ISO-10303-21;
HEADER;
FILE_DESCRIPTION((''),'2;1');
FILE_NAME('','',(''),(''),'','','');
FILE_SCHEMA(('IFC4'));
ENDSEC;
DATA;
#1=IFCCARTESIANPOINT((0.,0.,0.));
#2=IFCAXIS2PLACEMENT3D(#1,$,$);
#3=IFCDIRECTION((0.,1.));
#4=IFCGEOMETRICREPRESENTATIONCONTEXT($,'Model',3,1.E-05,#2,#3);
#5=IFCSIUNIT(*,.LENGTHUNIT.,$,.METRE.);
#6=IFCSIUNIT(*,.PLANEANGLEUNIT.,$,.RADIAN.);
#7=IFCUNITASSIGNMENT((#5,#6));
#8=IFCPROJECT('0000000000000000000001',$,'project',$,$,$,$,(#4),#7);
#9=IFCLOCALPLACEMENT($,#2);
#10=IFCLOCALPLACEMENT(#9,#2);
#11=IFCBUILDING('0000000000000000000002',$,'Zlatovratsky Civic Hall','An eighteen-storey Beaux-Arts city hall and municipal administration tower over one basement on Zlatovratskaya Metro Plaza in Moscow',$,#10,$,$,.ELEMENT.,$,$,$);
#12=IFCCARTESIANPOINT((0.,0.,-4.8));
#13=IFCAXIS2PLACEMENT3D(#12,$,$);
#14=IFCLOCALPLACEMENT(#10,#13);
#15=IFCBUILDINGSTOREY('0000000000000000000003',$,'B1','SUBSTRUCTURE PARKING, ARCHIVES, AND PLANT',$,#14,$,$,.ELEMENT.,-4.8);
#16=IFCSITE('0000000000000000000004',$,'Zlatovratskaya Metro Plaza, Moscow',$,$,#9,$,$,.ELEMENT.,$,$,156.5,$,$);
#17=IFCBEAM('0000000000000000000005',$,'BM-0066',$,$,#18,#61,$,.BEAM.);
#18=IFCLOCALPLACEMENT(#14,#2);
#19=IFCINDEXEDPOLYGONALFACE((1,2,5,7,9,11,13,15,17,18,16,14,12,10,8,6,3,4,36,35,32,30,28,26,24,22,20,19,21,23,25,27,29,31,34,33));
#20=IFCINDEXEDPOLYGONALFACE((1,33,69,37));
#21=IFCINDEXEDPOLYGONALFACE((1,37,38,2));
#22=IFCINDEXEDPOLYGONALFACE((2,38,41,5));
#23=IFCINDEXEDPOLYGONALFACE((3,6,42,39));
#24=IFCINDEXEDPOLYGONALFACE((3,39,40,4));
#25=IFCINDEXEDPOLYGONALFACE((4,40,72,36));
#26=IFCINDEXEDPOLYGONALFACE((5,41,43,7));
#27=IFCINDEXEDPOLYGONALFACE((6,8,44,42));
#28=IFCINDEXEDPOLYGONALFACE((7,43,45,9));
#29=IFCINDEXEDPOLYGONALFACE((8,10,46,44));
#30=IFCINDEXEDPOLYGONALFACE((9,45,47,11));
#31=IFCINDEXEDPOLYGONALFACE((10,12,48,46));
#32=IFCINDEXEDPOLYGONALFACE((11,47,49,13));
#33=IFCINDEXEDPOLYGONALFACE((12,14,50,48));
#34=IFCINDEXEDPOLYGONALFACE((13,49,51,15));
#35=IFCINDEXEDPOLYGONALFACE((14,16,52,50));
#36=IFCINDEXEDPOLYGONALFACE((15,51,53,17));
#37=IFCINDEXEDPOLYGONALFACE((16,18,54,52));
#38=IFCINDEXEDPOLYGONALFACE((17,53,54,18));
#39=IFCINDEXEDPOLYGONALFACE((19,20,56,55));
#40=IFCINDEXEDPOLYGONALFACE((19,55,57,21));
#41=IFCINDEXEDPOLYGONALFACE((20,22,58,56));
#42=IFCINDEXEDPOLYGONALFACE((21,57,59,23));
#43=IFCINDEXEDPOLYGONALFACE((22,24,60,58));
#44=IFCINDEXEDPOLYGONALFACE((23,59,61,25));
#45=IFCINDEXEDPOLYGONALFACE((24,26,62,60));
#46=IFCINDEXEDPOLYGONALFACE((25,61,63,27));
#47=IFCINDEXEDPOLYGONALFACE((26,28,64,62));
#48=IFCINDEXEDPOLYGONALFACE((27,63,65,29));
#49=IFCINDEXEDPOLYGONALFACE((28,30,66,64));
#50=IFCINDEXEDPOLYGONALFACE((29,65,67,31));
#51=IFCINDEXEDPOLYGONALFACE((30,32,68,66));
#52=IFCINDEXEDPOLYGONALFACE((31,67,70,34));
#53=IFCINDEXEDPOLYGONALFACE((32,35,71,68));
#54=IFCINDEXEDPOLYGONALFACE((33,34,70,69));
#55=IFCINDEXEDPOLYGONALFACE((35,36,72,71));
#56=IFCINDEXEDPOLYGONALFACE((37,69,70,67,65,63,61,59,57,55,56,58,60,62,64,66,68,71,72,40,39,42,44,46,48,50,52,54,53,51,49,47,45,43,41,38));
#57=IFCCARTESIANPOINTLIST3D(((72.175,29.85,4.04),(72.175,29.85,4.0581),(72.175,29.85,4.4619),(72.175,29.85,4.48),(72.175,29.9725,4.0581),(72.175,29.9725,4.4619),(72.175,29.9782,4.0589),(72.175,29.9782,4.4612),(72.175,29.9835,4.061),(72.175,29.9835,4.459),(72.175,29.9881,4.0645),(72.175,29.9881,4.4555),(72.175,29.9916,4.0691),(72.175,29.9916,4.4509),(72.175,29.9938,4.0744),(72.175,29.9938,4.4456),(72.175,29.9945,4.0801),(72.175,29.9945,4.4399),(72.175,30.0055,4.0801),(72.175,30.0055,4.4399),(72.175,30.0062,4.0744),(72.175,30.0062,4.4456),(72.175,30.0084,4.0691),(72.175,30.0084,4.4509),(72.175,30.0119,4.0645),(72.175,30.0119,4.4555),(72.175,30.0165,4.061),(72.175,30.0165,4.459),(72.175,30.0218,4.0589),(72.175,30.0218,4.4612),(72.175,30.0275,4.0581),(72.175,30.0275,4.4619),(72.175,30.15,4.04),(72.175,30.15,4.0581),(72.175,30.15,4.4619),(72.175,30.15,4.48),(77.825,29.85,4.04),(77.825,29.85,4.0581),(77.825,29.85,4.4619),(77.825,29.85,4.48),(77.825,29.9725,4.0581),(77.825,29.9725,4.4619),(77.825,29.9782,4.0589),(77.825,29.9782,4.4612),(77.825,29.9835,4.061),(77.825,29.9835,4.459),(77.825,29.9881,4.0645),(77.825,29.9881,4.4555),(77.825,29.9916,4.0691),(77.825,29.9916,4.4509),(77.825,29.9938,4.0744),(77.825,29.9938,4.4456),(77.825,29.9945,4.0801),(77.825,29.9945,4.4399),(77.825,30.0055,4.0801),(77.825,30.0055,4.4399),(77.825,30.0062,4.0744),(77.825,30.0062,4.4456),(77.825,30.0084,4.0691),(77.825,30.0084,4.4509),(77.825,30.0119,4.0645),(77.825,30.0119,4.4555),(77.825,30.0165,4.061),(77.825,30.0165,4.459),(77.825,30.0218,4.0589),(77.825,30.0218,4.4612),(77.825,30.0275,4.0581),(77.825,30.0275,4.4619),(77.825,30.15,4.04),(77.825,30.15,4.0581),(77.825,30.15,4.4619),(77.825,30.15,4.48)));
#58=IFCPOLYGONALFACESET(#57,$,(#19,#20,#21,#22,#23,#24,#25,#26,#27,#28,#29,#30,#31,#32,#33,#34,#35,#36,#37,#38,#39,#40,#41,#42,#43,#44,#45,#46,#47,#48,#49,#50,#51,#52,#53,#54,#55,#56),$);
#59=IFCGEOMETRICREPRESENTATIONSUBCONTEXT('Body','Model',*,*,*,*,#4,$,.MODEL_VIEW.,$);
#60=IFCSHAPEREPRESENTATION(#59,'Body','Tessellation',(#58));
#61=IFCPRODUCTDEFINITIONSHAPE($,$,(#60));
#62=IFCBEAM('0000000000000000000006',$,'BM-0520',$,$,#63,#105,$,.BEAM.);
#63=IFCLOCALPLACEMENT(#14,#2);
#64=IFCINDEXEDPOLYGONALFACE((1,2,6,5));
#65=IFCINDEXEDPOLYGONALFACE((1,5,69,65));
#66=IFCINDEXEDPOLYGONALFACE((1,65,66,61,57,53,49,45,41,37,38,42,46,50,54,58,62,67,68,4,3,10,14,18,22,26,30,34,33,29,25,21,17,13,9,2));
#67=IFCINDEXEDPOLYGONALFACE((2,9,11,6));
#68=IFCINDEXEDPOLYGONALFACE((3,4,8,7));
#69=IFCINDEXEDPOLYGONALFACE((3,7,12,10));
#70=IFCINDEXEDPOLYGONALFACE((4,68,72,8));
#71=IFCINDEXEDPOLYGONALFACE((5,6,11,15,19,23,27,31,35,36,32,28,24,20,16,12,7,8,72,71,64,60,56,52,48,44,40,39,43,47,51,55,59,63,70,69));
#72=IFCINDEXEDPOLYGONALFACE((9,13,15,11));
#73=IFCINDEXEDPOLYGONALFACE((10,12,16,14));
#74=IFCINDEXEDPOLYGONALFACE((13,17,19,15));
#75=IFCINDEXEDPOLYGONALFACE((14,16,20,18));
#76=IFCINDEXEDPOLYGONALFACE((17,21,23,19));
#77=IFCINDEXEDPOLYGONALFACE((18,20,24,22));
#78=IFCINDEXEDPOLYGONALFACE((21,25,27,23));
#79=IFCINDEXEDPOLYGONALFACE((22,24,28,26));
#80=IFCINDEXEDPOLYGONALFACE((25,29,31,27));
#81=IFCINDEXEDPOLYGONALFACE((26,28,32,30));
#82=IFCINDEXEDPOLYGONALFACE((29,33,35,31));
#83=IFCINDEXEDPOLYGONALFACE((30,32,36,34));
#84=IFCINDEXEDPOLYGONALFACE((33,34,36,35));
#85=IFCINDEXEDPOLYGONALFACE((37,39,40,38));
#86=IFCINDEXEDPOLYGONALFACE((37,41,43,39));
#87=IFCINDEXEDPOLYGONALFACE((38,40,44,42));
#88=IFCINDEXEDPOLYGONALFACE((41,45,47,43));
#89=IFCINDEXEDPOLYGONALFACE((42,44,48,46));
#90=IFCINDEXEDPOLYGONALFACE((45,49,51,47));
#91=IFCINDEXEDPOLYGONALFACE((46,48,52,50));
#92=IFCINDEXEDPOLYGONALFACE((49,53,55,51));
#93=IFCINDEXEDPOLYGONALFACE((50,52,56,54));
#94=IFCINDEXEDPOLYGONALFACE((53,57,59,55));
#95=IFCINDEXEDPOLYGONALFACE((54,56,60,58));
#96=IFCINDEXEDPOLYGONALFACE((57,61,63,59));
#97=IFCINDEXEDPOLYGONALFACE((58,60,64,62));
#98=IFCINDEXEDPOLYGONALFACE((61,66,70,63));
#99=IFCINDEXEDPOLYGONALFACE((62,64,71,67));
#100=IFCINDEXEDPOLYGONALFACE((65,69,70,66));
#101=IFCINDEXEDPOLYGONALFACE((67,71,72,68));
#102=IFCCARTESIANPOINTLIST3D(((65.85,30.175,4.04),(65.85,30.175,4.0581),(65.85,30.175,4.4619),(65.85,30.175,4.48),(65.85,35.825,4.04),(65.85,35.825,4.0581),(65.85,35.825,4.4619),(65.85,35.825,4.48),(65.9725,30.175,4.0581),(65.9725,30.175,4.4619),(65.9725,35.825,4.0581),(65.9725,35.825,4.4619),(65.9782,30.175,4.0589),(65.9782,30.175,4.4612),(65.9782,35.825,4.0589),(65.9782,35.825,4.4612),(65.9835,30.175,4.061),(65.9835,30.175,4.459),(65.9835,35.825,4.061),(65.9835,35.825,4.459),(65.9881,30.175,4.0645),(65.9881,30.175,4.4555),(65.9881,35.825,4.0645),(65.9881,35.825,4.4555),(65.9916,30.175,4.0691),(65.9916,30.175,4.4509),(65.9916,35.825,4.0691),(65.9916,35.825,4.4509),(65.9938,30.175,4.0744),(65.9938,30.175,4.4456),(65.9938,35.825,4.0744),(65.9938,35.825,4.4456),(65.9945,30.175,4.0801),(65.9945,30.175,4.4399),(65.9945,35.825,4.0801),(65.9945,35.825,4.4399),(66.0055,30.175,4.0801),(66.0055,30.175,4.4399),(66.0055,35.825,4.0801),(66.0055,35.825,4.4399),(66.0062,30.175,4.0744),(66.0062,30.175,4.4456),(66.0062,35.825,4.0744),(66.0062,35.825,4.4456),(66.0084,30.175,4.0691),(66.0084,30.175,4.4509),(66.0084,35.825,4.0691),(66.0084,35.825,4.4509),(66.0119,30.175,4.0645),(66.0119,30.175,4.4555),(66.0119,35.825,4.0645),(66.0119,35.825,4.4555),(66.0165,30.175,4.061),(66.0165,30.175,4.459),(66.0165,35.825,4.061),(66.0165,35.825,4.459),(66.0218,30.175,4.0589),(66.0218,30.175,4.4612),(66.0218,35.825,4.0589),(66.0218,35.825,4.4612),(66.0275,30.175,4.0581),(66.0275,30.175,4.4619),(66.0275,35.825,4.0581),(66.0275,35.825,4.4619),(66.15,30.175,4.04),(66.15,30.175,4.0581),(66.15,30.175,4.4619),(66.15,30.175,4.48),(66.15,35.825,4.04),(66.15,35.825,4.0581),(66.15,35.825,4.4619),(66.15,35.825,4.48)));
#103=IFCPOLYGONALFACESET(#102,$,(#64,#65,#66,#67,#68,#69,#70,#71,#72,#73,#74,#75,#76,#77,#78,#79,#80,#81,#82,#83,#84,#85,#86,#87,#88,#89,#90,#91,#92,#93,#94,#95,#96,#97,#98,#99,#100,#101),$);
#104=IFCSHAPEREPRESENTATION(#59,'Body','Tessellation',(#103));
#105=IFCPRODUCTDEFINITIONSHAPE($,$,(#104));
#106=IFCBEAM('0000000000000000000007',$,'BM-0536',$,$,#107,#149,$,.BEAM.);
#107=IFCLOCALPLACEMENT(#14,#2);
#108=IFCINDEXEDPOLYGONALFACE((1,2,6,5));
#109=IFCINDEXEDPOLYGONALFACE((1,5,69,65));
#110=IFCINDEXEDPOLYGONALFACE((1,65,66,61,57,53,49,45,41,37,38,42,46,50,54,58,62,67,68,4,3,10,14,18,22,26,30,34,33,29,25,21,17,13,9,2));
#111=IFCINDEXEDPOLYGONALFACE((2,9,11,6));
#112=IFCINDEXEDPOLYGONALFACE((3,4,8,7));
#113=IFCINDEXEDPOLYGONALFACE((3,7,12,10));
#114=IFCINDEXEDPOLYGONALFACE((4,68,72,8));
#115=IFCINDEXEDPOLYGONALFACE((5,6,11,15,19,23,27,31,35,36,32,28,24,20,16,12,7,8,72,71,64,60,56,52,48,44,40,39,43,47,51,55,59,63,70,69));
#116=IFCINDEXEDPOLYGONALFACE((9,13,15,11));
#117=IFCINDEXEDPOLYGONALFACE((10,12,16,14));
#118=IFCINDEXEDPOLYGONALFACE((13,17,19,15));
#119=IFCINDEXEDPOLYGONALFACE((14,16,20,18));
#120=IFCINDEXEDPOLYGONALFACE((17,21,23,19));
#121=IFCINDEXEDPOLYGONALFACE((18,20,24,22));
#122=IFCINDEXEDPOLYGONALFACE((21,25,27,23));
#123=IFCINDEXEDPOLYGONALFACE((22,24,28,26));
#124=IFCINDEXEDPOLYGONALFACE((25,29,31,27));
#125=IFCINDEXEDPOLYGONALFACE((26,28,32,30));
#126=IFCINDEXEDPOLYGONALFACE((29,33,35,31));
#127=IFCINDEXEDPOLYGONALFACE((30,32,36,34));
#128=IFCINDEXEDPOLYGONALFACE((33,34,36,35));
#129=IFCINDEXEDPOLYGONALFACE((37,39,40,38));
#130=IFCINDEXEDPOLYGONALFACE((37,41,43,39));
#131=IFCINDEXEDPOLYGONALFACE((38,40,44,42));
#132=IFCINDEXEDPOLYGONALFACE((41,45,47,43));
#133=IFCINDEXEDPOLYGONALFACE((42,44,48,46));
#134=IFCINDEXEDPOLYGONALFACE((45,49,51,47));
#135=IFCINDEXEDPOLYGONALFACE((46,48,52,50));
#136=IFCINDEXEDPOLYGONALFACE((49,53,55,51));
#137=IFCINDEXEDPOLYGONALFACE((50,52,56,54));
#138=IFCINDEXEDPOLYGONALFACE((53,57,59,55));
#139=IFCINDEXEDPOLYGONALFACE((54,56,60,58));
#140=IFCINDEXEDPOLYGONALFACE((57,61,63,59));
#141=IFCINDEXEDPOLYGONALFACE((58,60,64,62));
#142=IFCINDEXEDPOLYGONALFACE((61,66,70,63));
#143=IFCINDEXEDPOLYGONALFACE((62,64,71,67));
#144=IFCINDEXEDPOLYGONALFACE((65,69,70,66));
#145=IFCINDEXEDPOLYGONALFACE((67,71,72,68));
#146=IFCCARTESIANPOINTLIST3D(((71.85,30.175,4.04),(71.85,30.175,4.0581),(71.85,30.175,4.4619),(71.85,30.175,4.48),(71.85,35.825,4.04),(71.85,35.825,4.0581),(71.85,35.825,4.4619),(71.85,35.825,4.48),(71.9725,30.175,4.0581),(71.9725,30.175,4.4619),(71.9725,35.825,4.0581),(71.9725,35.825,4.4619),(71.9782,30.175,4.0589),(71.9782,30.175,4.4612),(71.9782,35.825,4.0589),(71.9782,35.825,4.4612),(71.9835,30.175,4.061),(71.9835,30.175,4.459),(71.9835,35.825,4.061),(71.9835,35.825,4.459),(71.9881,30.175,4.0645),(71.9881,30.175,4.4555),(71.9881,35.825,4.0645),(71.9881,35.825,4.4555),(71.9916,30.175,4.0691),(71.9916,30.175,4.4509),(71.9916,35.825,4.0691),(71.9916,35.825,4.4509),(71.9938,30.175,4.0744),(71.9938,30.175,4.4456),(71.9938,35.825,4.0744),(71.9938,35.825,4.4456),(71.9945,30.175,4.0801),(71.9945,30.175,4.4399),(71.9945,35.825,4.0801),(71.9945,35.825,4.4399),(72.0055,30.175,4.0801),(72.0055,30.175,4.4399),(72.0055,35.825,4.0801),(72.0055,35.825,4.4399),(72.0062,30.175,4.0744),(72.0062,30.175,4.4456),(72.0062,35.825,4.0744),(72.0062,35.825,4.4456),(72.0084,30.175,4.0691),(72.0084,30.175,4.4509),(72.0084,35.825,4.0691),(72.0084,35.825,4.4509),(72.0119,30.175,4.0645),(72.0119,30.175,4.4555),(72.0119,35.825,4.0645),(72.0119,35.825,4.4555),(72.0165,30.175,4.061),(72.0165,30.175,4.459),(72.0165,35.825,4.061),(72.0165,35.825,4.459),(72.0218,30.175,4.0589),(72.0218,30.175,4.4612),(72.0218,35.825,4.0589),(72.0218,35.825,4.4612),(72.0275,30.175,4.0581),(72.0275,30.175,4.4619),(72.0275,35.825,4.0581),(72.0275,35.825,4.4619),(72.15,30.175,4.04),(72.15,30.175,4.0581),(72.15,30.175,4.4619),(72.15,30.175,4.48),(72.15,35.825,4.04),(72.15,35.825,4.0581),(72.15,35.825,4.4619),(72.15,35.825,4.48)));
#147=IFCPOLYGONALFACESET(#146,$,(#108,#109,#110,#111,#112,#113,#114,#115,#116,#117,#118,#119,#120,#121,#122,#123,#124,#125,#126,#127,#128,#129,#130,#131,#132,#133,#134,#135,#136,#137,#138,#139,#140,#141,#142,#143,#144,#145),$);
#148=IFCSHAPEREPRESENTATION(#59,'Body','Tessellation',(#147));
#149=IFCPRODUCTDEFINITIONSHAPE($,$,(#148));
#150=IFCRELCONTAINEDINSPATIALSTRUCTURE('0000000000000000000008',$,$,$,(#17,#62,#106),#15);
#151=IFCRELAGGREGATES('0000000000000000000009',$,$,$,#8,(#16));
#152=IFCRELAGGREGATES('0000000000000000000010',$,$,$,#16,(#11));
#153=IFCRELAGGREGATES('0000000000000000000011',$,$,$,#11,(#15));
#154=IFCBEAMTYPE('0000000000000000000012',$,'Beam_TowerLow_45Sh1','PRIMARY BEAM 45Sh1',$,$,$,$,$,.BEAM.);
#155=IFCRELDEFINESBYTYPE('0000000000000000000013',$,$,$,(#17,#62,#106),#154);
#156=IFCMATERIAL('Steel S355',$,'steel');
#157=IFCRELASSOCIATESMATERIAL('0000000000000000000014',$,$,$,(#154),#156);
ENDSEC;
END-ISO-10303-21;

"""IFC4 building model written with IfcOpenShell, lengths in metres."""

from ifc_helpers import new_model, si_unit, direction, frame, origin, origin_2d, place, context, subcontext, project, spatial, i_section, extrude, material, material_profile, profile_set, type_object, element, save


model = new_model("IFC4")

# Units and contexts
model_context = context("Model", 3, precision=1e-05, world=origin(), true_north=direction((0.0, 1.0)))
body_context = subcontext(model_context, "Body", "Model", "MODEL_VIEW")
ifc_project = project(units=[si_unit("LENGTHUNIT", "METRE"), si_unit("PLANEANGLEUNIT", "RADIAN")], contexts=[model_context])

# Site, building, storey
site_placement = place(None, origin())
site = spatial("IfcSite", under=ifc_project, at=site_placement, Name="Zlatovratskaya Metro Plaza, Moscow", CompositionType="ELEMENT", RefElevation=156.5)
building_placement = place(site_placement, origin())
building = spatial("IfcBuilding", under=site, at=building_placement, Name="Zlatovratsky Civic Hall", Description="An eighteen-storey Beaux-Arts city hall and municipal administration tower over one basement on Zlatovratskaya Metro Plaza in Moscow", CompositionType="ELEMENT")
storey_placement = place(building_placement, frame((0.0, 0.0, -4.8)))
storey = spatial("IfcBuildingStorey", under=building, at=storey_placement, Name="B1", Description="SUBSTRUCTURE PARKING, ARCHIVES, AND PLANT", CompositionType="ELEMENT", Elevation=-4.8)

# Shared definitions
ifc_material_1 = material(Name="Steel S355", Category="steel")

# Beams
ifc_material_profile_1 = material_profile(ifc_material_1, i_section(OverallWidth=0.3, OverallDepth=0.4399, WebThickness=0.011, FlangeThickness=0.0181, FilletRadius=0.022, at=origin_2d()), Name="45Sh1")
ifc_profile_set_1 = profile_set([ifc_material_profile_1], Name="Steel S355")
beam_type_1 = type_object("IfcBeamType", Name="Beam_TowerLow_45Sh1", Description="PRIMARY BEAM 45Sh1", PredefinedType="BEAM", material=ifc_profile_set_1)
for number, where, z_axis, x_axis, name in (
    (1, (72.175, 30.0, 4.26), (1.0, 0.0, 0.0), (0.0, 1.0, 0.0), "BM-0066"),
    (2, (66.0, 30.175, 4.26), (0.0, 1.0, 0.0), (-1.0, 0.0, 0.0), "BM-0520"),
    (3, (72.0, 30.175, 4.26), (0.0, 1.0, 0.0), (-1.0, 0.0, 0.0), "BM-0536"),
):
    element("IfcBeam", number, at=place(storey_placement, frame(where, z_axis=z_axis, x_axis=x_axis)), inside=storey, type_object=beam_type_1, Name=name, PredefinedType="BEAM", context=body_context, shape_type="SweptSolid", body=[
        extrude(i_section(OverallWidth=0.3, OverallDepth=0.4399, WebThickness=0.011, FlangeThickness=0.0181, FilletRadius=0.022, at=origin_2d()), origin(), (0.0, 0.0, 1.0), 5.6499),
    ])

save(model, "model.ifc")
